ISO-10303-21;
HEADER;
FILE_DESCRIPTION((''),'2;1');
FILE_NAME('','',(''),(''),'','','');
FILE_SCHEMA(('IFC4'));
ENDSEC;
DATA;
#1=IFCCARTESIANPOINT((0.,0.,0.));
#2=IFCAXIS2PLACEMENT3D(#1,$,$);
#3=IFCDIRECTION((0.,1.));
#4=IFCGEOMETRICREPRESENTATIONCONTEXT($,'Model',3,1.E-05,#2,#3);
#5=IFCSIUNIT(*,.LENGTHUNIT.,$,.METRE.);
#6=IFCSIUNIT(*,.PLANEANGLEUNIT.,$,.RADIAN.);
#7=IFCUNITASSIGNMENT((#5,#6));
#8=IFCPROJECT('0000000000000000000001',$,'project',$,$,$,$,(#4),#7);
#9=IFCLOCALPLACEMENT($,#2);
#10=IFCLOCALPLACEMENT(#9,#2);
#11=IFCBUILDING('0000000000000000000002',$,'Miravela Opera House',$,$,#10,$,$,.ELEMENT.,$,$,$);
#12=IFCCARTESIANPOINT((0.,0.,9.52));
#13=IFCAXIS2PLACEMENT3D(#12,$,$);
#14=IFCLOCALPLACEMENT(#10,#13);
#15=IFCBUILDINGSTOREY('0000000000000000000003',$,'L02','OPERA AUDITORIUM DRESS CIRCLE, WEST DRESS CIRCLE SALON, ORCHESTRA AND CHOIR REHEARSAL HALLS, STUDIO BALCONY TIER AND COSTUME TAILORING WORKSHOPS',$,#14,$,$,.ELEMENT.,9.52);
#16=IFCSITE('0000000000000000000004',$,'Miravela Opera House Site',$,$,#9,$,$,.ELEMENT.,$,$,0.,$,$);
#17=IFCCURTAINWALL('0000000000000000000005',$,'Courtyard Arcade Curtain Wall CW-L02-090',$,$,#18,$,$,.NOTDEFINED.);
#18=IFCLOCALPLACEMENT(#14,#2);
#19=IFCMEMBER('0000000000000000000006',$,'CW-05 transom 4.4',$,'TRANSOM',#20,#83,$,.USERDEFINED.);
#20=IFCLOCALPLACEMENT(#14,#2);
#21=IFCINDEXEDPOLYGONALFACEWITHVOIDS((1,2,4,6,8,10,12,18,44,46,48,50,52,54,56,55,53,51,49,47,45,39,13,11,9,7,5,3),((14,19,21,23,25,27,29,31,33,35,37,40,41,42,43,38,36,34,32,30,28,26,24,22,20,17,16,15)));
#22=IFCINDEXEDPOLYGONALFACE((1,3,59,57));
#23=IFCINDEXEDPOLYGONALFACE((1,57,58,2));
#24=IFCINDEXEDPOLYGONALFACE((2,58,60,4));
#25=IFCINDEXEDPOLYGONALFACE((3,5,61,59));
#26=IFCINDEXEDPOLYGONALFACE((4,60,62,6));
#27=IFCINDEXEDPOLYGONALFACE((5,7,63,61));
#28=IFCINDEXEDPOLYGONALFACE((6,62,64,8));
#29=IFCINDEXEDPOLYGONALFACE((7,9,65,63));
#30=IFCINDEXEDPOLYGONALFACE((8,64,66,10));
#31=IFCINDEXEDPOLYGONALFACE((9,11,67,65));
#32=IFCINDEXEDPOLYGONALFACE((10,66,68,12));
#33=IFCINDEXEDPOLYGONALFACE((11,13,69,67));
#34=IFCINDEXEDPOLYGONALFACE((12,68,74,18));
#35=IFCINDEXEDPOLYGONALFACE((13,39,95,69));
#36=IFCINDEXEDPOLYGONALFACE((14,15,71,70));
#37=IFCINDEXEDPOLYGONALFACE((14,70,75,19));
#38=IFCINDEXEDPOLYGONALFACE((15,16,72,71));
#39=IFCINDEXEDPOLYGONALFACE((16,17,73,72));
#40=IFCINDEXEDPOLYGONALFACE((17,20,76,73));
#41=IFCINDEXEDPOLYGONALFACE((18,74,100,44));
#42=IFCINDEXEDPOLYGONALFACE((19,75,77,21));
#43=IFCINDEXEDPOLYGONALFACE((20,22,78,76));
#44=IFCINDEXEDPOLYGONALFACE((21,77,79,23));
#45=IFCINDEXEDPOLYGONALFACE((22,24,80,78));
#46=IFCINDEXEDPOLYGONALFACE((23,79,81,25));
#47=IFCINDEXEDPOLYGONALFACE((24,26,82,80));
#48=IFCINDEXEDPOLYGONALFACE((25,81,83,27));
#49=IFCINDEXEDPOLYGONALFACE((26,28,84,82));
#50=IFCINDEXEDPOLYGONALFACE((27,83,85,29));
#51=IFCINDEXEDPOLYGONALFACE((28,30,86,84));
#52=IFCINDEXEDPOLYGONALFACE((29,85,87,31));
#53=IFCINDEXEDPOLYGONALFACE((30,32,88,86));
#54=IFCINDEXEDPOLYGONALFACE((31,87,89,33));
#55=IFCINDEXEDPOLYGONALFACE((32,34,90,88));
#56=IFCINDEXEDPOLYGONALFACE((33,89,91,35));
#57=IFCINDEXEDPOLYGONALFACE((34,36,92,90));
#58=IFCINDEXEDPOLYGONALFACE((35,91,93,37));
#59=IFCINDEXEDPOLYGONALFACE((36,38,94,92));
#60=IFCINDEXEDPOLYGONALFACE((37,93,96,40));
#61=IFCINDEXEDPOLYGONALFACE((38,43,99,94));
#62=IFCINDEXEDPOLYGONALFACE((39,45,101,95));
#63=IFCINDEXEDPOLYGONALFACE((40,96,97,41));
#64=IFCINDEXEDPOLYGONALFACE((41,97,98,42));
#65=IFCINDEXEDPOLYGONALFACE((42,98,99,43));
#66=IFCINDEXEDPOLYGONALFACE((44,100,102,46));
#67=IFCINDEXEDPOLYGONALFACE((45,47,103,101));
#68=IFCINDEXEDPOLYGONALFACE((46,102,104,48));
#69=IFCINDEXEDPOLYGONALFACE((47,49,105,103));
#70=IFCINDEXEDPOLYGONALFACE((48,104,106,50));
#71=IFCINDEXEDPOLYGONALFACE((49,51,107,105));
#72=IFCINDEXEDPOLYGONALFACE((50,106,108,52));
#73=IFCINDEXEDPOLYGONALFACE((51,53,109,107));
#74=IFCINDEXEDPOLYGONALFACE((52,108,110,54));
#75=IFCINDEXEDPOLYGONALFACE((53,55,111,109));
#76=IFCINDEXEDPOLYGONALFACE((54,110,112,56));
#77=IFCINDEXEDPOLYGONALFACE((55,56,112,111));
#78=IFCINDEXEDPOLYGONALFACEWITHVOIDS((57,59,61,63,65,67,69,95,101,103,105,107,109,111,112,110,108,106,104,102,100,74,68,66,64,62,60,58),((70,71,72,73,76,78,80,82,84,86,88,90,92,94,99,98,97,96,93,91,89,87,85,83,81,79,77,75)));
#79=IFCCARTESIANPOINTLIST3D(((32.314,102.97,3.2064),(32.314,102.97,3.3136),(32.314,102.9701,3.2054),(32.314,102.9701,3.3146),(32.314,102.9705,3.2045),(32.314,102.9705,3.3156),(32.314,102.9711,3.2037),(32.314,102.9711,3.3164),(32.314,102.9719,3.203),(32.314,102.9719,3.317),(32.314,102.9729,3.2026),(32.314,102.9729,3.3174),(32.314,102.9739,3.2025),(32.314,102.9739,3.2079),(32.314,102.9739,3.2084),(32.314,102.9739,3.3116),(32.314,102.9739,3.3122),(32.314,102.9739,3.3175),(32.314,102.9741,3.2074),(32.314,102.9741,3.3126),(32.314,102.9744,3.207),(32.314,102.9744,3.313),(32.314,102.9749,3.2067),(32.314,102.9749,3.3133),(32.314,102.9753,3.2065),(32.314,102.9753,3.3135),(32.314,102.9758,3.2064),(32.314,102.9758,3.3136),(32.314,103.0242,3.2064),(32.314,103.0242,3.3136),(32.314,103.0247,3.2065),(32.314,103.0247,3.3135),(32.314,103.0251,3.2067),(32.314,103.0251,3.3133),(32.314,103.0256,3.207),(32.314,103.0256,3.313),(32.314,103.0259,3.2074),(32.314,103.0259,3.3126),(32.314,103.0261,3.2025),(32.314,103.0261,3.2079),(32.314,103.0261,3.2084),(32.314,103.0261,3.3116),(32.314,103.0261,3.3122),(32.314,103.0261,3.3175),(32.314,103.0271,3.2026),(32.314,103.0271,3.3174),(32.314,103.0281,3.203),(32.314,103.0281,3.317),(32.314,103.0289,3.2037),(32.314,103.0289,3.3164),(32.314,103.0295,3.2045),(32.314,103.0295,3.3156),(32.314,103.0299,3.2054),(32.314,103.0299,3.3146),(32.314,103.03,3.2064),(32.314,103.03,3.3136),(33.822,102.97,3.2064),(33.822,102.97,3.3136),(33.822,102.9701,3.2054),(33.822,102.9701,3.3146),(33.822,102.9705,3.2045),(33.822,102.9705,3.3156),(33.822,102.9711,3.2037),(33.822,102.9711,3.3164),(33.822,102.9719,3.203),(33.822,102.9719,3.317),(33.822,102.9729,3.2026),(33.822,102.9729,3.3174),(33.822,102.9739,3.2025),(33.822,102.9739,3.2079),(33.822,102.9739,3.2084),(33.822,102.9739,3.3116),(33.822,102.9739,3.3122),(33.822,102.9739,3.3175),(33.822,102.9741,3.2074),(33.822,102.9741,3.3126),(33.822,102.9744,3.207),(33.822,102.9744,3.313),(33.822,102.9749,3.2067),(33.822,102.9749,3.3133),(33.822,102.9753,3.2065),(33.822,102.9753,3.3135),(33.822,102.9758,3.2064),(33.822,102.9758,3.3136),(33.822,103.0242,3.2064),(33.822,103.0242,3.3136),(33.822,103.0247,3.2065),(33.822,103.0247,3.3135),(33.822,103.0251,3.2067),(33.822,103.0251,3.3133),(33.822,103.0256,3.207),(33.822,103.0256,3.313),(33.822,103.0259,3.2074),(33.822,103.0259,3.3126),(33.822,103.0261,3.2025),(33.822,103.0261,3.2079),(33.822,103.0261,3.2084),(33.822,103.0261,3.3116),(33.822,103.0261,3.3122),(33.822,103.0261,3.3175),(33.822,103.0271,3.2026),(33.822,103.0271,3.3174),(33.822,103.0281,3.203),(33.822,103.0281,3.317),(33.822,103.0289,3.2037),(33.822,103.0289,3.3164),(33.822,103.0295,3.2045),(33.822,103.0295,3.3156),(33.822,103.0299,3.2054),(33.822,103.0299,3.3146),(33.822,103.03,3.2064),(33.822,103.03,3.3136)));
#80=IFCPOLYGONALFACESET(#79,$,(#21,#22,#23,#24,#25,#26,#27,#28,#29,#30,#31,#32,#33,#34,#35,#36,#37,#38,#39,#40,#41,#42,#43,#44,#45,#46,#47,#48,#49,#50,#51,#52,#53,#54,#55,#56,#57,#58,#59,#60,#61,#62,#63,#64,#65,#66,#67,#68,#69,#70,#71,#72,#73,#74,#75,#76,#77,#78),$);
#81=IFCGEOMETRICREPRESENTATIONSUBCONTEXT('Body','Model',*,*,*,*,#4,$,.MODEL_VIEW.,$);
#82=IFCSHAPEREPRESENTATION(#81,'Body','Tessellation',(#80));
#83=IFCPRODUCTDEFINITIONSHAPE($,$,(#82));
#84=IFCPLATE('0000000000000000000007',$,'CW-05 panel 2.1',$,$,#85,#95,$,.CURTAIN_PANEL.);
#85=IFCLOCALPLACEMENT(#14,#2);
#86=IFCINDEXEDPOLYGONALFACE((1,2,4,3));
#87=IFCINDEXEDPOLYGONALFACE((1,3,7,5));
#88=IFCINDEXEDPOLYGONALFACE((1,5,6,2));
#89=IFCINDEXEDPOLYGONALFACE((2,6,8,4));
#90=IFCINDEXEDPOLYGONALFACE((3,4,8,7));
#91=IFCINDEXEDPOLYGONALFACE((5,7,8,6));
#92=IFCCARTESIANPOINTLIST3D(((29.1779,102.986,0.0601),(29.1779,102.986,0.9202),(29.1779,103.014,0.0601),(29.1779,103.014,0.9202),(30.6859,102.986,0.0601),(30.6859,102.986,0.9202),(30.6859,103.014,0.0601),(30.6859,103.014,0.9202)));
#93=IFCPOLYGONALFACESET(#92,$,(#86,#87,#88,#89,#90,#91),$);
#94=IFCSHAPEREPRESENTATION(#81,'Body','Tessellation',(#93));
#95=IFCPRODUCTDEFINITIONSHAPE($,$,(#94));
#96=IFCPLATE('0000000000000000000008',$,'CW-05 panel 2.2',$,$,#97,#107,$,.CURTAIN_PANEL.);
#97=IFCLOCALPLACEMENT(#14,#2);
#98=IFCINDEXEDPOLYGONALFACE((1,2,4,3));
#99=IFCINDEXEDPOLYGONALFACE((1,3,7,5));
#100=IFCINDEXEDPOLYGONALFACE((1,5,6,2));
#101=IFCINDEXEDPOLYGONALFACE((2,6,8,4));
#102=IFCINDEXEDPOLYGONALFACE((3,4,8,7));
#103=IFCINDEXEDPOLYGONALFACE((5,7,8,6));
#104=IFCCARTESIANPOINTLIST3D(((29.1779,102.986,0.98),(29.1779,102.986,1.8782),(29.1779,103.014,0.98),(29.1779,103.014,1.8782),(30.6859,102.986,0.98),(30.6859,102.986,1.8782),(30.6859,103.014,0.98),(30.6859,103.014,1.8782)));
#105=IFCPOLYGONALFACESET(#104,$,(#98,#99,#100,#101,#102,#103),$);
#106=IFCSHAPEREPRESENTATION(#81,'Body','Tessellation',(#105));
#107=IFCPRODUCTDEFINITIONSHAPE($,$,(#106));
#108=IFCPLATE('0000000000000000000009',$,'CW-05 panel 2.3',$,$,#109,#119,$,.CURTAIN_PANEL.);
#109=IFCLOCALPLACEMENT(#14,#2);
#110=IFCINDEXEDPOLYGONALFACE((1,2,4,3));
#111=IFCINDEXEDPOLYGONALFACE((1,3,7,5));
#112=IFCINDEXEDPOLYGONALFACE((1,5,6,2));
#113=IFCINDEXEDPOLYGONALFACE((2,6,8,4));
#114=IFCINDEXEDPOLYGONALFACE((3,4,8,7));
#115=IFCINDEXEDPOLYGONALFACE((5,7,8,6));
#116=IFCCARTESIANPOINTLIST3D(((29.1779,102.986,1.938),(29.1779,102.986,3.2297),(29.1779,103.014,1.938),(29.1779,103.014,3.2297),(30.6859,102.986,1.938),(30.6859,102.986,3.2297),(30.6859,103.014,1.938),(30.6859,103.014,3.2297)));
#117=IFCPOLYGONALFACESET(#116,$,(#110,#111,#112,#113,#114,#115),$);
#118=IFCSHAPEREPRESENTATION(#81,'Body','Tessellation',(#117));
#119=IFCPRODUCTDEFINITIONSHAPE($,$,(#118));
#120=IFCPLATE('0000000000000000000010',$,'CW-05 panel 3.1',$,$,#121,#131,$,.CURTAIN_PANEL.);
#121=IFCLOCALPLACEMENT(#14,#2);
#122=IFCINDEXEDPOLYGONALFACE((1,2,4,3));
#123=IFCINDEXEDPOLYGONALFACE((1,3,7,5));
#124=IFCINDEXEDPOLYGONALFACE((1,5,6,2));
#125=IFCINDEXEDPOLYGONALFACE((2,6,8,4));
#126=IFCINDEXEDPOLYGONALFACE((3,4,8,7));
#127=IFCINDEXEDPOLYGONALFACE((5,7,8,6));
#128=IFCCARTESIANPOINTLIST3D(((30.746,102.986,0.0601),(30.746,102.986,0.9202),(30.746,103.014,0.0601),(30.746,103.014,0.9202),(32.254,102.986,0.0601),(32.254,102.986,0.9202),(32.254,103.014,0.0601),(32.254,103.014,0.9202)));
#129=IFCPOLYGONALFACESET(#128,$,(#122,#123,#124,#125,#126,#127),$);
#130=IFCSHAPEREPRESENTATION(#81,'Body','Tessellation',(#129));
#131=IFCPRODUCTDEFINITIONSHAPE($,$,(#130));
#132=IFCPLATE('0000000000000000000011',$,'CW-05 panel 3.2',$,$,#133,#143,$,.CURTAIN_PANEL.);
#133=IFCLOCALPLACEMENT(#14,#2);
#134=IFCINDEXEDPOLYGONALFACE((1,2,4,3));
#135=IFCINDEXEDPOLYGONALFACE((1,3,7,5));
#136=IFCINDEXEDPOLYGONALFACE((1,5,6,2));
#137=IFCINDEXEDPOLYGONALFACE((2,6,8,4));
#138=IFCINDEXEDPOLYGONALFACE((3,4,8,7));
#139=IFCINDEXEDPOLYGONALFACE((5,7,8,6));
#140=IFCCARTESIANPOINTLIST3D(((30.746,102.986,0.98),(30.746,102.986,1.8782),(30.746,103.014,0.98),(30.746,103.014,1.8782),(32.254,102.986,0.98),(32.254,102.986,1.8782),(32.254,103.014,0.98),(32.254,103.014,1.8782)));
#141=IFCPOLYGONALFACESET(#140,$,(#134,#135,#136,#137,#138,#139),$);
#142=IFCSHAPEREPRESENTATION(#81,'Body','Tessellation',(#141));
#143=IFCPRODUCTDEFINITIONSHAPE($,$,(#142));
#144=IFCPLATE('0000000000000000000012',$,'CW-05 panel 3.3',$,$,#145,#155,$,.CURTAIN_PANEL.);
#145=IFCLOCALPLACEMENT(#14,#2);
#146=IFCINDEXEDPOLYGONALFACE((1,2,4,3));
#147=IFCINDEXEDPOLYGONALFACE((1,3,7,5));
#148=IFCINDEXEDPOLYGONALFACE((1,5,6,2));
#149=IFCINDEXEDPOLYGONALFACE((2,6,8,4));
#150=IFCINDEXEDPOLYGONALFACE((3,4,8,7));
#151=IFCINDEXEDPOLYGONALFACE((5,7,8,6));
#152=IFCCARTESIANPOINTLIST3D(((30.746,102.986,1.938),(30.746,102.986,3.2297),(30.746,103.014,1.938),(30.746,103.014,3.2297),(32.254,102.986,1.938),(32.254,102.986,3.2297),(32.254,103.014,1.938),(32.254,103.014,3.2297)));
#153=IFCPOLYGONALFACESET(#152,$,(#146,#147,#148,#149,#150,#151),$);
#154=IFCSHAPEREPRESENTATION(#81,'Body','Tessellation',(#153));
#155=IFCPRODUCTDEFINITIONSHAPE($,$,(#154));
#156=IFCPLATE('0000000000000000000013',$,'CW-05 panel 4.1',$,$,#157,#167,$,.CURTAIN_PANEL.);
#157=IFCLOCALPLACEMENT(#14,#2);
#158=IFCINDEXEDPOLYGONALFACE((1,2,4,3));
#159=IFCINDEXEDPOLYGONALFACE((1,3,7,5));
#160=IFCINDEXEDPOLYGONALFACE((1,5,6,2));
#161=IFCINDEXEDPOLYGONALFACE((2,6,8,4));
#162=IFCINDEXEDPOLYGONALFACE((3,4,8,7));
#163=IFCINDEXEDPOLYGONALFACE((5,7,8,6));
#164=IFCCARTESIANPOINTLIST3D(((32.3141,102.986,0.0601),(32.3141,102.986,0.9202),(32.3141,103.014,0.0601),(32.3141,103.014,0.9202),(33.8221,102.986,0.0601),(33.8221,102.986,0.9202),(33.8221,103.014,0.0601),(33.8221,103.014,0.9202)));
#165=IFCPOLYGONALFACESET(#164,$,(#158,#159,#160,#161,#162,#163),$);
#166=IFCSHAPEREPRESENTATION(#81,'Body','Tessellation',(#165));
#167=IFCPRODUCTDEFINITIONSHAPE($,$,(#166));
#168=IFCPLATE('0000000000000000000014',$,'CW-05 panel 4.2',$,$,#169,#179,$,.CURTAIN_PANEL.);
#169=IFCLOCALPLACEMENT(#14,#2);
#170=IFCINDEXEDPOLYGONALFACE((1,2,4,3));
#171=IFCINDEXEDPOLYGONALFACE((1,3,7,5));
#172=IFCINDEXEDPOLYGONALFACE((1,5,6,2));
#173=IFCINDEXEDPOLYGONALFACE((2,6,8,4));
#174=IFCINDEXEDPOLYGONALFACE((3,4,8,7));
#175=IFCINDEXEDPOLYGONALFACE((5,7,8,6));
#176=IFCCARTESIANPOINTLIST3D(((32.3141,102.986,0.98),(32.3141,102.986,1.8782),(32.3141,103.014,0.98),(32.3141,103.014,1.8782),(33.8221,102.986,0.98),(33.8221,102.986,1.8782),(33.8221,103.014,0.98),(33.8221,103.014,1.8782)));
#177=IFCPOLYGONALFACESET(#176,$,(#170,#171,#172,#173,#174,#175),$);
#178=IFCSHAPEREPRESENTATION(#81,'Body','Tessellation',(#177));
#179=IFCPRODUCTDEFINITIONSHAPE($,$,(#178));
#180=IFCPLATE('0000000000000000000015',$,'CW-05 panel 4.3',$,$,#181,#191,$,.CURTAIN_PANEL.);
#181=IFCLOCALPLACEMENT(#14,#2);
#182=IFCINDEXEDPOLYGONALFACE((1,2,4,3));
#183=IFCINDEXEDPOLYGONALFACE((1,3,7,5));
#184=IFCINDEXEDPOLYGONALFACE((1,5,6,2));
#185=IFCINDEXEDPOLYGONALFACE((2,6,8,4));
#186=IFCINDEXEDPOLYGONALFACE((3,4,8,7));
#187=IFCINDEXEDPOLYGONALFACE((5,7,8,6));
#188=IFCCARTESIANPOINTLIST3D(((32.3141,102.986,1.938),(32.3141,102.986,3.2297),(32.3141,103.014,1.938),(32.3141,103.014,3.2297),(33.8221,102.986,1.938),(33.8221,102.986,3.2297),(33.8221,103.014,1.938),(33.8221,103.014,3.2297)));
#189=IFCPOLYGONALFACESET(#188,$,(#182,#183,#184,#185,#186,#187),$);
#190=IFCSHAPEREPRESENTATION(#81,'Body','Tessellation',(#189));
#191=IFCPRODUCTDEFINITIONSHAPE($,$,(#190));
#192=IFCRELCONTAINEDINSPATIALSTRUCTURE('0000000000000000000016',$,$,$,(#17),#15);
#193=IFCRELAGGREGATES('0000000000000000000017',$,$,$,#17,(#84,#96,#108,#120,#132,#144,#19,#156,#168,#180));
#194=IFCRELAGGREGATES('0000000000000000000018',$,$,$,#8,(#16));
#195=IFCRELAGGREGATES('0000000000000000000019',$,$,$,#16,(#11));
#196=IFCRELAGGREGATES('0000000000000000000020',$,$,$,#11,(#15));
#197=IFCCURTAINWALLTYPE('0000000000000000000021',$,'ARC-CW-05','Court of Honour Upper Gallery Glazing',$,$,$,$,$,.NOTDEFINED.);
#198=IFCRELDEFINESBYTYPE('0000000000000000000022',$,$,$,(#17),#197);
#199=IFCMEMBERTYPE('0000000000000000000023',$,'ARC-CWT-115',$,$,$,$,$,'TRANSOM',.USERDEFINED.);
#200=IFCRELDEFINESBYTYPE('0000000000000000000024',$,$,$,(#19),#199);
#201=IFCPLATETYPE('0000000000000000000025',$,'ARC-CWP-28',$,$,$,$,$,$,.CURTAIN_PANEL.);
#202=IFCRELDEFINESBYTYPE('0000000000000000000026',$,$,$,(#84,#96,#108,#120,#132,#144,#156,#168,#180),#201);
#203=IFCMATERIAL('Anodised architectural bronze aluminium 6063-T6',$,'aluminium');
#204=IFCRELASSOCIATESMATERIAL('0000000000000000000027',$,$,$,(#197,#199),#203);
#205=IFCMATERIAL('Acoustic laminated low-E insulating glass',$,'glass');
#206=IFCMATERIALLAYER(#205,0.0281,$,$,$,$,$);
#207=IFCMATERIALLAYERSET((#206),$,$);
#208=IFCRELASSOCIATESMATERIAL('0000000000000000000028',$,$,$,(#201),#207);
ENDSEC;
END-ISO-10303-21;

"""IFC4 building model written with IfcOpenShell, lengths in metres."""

from ifc_helpers import new_model, si_unit, direction, frame, origin, origin_2d, place, context, subcontext, project, spatial, rectangle, hollow_rectangle, extrude, material, layer, layer_set, material_profile, profile_set, type_object, element, aggregate, save


model = new_model("IFC4")

# Units and contexts
model_context = context("Model", 3, precision=1e-05, world=origin(), true_north=direction((0.0, 1.0)))
body_context = subcontext(model_context, "Body", "Model", "MODEL_VIEW")
ifc_project = project(units=[si_unit("LENGTHUNIT", "METRE"), si_unit("PLANEANGLEUNIT", "RADIAN")], contexts=[model_context])

# Site, building, storey
site_placement = place(None, origin())
site = spatial("IfcSite", under=ifc_project, at=site_placement, Name="Miravela Opera House Site", CompositionType="ELEMENT", RefElevation=0.0)
building_placement = place(site_placement, origin())
building = spatial("IfcBuilding", under=site, at=building_placement, Name="Miravela Opera House", CompositionType="ELEMENT")
storey_placement = place(building_placement, frame((0.0, 0.0, 9.52)))
storey = spatial("IfcBuildingStorey", under=building, at=storey_placement, Name="L02", Description="OPERA AUDITORIUM DRESS CIRCLE, WEST DRESS CIRCLE SALON, ORCHESTRA AND CHOIR REHEARSAL HALLS, STUDIO BALCONY TIER AND COSTUME TAILORING WORKSHOPS", CompositionType="ELEMENT", Elevation=9.52)

# Curtain wall, member, plates
ifc_material_1 = material(Name="Anodised architectural bronze aluminium 6063-T6", Category="aluminium")
curtain_wall_type = type_object("IfcCurtainWallType", Name="ARC-CW-05", Description="Court of Honour Upper Gallery Glazing", PredefinedType="NOTDEFINED", material=ifc_material_1)
curtain_wall_placement = place(storey_placement, origin())
curtain_wall = element("IfcCurtainWall", 1, at=curtain_wall_placement, inside=storey, type_object=curtain_wall_type, Name="Courtyard Arcade Curtain Wall CW-L02-090", PredefinedType="NOTDEFINED")
ifc_material_profile_1 = material_profile(ifc_material_1, hollow_rectangle(XDim=0.0601, YDim=0.115, WallThickness=0.0039, InnerFilletRadius=0.002, OuterFilletRadius=0.0039, at=origin_2d()), Name="CWT-60X115")
ifc_profile_set_1 = profile_set([ifc_material_profile_1])
member_type_1 = type_object("IfcMemberType", Name="ARC-CWT-115", ElementType="TRANSOM", PredefinedType="USERDEFINED", material=ifc_profile_set_1)
member_1_placement = place(storey_placement, frame((32.314, 103.0, 3.26), z_axis=(1.0, 0.0, 0.0), x_axis=(0.0, 1.0, 0.0)))
member_1 = element("IfcMember", 2, at=member_1_placement, type_object=member_type_1, Name="CW-05 transom 4.4", ObjectType="TRANSOM", PredefinedType="USERDEFINED", context=body_context, shape_type="SweptSolid", body=[
    extrude(hollow_rectangle(XDim=0.0601, YDim=0.115, WallThickness=0.0039, InnerFilletRadius=0.002, OuterFilletRadius=0.0039, at=origin_2d()), origin(), (0.0, 0.0, 1.0), 1.5081),
])
ifc_material_2 = material(Name="Acoustic laminated low-E insulating glass", Category="glass")
ifc_layer = layer(ifc_material_2, 0.0281)
ifc_layer_set = layer_set([ifc_layer])
plate_type = type_object("IfcPlateType", Name="ARC-CWP-28", PredefinedType="CURTAIN_PANEL", material=ifc_layer_set)
plate_1_placement = place(storey_placement, frame((29.9319, 103.0, 0.0601), z_axis=(0.0, 0.0, 1.0), x_axis=(1.0, 0.0, 0.0)))
plate_1 = element("IfcPlate", 3, at=plate_1_placement, type_object=plate_type, Name="CW-05 panel 2.1", PredefinedType="CURTAIN_PANEL", context=body_context, shape_type="SweptSolid", body=[
    extrude(rectangle(XDim=1.5081, YDim=0.0281, at=origin_2d()), origin(), (0.0, 0.0, 1.0), 0.8601),
])
plate_2_placement = place(storey_placement, frame((29.9319, 103.0, 0.98), z_axis=(0.0, 0.0, 1.0), x_axis=(1.0, 0.0, 0.0)))
plate_2 = element("IfcPlate", 4, at=plate_2_placement, type_object=plate_type, Name="CW-05 panel 2.2", PredefinedType="CURTAIN_PANEL", context=body_context, shape_type="SweptSolid", body=[
    extrude(rectangle(XDim=1.5081, YDim=0.0281, at=origin_2d()), origin(), (0.0, 0.0, 1.0), 0.8982),
])
plate_3_placement = place(storey_placement, frame((29.9319, 103.0, 1.938), z_axis=(0.0, 0.0, 1.0), x_axis=(1.0, 0.0, 0.0)))
plate_3 = element("IfcPlate", 5, at=plate_3_placement, type_object=plate_type, Name="CW-05 panel 2.3", PredefinedType="CURTAIN_PANEL", context=body_context, shape_type="SweptSolid", body=[
    extrude(rectangle(XDim=1.5081, YDim=0.0281, at=origin_2d()), origin(), (0.0, 0.0, 1.0), 1.2917),
])
plate_4_placement = place(storey_placement, frame((31.5, 103.0, 0.0601), z_axis=(0.0, 0.0, 1.0), x_axis=(1.0, 0.0, 0.0)))
plate_4 = element("IfcPlate", 6, at=plate_4_placement, type_object=plate_type, Name="CW-05 panel 3.1", PredefinedType="CURTAIN_PANEL", context=body_context, shape_type="SweptSolid", body=[
    extrude(rectangle(XDim=1.5081, YDim=0.0281, at=origin_2d()), origin(), (0.0, 0.0, 1.0), 0.8601),
])
plate_5_placement = place(storey_placement, frame((31.5, 103.0, 0.98), z_axis=(0.0, 0.0, 1.0), x_axis=(1.0, 0.0, 0.0)))
plate_5 = element("IfcPlate", 7, at=plate_5_placement, type_object=plate_type, Name="CW-05 panel 3.2", PredefinedType="CURTAIN_PANEL", context=body_context, shape_type="SweptSolid", body=[
    extrude(rectangle(XDim=1.5081, YDim=0.0281, at=origin_2d()), origin(), (0.0, 0.0, 1.0), 0.8982),
])
plate_6_placement = place(storey_placement, frame((31.5, 103.0, 1.938), z_axis=(0.0, 0.0, 1.0), x_axis=(1.0, 0.0, 0.0)))
plate_6 = element("IfcPlate", 8, at=plate_6_placement, type_object=plate_type, Name="CW-05 panel 3.3", PredefinedType="CURTAIN_PANEL", context=body_context, shape_type="SweptSolid", body=[
    extrude(rectangle(XDim=1.5081, YDim=0.0281, at=origin_2d()), origin(), (0.0, 0.0, 1.0), 1.2917),
])
plate_7_placement = place(storey_placement, frame((33.0681, 103.0, 0.0601), z_axis=(0.0, 0.0, 1.0), x_axis=(1.0, 0.0, 0.0)))
plate_7 = element("IfcPlate", 9, at=plate_7_placement, type_object=plate_type, Name="CW-05 panel 4.1", PredefinedType="CURTAIN_PANEL", context=body_context, shape_type="SweptSolid", body=[
    extrude(rectangle(XDim=1.5081, YDim=0.0281, at=origin_2d()), origin(), (0.0, 0.0, 1.0), 0.8601),
])
plate_8_placement = place(storey_placement, frame((33.0681, 103.0, 0.98), z_axis=(0.0, 0.0, 1.0), x_axis=(1.0, 0.0, 0.0)))
plate_8 = element("IfcPlate", 10, at=plate_8_placement, type_object=plate_type, Name="CW-05 panel 4.2", PredefinedType="CURTAIN_PANEL", context=body_context, shape_type="SweptSolid", body=[
    extrude(rectangle(XDim=1.5081, YDim=0.0281, at=origin_2d()), origin(), (0.0, 0.0, 1.0), 0.8982),
])
plate_9_placement = place(storey_placement, frame((33.0681, 103.0, 1.938), z_axis=(0.0, 0.0, 1.0), x_axis=(1.0, 0.0, 0.0)))
plate_9 = element("IfcPlate", 11, at=plate_9_placement, type_object=plate_type, Name="CW-05 panel 4.3", PredefinedType="CURTAIN_PANEL", context=body_context, shape_type="SweptSolid", body=[
    extrude(rectangle(XDim=1.5081, YDim=0.0281, at=origin_2d()), origin(), (0.0, 0.0, 1.0), 1.2917),
])
aggregate(curtain_wall, [plate_1, plate_2, plate_3, plate_4, plate_5, plate_6, member_1, plate_7, plate_8, plate_9])

save(model, "model.ifc")
